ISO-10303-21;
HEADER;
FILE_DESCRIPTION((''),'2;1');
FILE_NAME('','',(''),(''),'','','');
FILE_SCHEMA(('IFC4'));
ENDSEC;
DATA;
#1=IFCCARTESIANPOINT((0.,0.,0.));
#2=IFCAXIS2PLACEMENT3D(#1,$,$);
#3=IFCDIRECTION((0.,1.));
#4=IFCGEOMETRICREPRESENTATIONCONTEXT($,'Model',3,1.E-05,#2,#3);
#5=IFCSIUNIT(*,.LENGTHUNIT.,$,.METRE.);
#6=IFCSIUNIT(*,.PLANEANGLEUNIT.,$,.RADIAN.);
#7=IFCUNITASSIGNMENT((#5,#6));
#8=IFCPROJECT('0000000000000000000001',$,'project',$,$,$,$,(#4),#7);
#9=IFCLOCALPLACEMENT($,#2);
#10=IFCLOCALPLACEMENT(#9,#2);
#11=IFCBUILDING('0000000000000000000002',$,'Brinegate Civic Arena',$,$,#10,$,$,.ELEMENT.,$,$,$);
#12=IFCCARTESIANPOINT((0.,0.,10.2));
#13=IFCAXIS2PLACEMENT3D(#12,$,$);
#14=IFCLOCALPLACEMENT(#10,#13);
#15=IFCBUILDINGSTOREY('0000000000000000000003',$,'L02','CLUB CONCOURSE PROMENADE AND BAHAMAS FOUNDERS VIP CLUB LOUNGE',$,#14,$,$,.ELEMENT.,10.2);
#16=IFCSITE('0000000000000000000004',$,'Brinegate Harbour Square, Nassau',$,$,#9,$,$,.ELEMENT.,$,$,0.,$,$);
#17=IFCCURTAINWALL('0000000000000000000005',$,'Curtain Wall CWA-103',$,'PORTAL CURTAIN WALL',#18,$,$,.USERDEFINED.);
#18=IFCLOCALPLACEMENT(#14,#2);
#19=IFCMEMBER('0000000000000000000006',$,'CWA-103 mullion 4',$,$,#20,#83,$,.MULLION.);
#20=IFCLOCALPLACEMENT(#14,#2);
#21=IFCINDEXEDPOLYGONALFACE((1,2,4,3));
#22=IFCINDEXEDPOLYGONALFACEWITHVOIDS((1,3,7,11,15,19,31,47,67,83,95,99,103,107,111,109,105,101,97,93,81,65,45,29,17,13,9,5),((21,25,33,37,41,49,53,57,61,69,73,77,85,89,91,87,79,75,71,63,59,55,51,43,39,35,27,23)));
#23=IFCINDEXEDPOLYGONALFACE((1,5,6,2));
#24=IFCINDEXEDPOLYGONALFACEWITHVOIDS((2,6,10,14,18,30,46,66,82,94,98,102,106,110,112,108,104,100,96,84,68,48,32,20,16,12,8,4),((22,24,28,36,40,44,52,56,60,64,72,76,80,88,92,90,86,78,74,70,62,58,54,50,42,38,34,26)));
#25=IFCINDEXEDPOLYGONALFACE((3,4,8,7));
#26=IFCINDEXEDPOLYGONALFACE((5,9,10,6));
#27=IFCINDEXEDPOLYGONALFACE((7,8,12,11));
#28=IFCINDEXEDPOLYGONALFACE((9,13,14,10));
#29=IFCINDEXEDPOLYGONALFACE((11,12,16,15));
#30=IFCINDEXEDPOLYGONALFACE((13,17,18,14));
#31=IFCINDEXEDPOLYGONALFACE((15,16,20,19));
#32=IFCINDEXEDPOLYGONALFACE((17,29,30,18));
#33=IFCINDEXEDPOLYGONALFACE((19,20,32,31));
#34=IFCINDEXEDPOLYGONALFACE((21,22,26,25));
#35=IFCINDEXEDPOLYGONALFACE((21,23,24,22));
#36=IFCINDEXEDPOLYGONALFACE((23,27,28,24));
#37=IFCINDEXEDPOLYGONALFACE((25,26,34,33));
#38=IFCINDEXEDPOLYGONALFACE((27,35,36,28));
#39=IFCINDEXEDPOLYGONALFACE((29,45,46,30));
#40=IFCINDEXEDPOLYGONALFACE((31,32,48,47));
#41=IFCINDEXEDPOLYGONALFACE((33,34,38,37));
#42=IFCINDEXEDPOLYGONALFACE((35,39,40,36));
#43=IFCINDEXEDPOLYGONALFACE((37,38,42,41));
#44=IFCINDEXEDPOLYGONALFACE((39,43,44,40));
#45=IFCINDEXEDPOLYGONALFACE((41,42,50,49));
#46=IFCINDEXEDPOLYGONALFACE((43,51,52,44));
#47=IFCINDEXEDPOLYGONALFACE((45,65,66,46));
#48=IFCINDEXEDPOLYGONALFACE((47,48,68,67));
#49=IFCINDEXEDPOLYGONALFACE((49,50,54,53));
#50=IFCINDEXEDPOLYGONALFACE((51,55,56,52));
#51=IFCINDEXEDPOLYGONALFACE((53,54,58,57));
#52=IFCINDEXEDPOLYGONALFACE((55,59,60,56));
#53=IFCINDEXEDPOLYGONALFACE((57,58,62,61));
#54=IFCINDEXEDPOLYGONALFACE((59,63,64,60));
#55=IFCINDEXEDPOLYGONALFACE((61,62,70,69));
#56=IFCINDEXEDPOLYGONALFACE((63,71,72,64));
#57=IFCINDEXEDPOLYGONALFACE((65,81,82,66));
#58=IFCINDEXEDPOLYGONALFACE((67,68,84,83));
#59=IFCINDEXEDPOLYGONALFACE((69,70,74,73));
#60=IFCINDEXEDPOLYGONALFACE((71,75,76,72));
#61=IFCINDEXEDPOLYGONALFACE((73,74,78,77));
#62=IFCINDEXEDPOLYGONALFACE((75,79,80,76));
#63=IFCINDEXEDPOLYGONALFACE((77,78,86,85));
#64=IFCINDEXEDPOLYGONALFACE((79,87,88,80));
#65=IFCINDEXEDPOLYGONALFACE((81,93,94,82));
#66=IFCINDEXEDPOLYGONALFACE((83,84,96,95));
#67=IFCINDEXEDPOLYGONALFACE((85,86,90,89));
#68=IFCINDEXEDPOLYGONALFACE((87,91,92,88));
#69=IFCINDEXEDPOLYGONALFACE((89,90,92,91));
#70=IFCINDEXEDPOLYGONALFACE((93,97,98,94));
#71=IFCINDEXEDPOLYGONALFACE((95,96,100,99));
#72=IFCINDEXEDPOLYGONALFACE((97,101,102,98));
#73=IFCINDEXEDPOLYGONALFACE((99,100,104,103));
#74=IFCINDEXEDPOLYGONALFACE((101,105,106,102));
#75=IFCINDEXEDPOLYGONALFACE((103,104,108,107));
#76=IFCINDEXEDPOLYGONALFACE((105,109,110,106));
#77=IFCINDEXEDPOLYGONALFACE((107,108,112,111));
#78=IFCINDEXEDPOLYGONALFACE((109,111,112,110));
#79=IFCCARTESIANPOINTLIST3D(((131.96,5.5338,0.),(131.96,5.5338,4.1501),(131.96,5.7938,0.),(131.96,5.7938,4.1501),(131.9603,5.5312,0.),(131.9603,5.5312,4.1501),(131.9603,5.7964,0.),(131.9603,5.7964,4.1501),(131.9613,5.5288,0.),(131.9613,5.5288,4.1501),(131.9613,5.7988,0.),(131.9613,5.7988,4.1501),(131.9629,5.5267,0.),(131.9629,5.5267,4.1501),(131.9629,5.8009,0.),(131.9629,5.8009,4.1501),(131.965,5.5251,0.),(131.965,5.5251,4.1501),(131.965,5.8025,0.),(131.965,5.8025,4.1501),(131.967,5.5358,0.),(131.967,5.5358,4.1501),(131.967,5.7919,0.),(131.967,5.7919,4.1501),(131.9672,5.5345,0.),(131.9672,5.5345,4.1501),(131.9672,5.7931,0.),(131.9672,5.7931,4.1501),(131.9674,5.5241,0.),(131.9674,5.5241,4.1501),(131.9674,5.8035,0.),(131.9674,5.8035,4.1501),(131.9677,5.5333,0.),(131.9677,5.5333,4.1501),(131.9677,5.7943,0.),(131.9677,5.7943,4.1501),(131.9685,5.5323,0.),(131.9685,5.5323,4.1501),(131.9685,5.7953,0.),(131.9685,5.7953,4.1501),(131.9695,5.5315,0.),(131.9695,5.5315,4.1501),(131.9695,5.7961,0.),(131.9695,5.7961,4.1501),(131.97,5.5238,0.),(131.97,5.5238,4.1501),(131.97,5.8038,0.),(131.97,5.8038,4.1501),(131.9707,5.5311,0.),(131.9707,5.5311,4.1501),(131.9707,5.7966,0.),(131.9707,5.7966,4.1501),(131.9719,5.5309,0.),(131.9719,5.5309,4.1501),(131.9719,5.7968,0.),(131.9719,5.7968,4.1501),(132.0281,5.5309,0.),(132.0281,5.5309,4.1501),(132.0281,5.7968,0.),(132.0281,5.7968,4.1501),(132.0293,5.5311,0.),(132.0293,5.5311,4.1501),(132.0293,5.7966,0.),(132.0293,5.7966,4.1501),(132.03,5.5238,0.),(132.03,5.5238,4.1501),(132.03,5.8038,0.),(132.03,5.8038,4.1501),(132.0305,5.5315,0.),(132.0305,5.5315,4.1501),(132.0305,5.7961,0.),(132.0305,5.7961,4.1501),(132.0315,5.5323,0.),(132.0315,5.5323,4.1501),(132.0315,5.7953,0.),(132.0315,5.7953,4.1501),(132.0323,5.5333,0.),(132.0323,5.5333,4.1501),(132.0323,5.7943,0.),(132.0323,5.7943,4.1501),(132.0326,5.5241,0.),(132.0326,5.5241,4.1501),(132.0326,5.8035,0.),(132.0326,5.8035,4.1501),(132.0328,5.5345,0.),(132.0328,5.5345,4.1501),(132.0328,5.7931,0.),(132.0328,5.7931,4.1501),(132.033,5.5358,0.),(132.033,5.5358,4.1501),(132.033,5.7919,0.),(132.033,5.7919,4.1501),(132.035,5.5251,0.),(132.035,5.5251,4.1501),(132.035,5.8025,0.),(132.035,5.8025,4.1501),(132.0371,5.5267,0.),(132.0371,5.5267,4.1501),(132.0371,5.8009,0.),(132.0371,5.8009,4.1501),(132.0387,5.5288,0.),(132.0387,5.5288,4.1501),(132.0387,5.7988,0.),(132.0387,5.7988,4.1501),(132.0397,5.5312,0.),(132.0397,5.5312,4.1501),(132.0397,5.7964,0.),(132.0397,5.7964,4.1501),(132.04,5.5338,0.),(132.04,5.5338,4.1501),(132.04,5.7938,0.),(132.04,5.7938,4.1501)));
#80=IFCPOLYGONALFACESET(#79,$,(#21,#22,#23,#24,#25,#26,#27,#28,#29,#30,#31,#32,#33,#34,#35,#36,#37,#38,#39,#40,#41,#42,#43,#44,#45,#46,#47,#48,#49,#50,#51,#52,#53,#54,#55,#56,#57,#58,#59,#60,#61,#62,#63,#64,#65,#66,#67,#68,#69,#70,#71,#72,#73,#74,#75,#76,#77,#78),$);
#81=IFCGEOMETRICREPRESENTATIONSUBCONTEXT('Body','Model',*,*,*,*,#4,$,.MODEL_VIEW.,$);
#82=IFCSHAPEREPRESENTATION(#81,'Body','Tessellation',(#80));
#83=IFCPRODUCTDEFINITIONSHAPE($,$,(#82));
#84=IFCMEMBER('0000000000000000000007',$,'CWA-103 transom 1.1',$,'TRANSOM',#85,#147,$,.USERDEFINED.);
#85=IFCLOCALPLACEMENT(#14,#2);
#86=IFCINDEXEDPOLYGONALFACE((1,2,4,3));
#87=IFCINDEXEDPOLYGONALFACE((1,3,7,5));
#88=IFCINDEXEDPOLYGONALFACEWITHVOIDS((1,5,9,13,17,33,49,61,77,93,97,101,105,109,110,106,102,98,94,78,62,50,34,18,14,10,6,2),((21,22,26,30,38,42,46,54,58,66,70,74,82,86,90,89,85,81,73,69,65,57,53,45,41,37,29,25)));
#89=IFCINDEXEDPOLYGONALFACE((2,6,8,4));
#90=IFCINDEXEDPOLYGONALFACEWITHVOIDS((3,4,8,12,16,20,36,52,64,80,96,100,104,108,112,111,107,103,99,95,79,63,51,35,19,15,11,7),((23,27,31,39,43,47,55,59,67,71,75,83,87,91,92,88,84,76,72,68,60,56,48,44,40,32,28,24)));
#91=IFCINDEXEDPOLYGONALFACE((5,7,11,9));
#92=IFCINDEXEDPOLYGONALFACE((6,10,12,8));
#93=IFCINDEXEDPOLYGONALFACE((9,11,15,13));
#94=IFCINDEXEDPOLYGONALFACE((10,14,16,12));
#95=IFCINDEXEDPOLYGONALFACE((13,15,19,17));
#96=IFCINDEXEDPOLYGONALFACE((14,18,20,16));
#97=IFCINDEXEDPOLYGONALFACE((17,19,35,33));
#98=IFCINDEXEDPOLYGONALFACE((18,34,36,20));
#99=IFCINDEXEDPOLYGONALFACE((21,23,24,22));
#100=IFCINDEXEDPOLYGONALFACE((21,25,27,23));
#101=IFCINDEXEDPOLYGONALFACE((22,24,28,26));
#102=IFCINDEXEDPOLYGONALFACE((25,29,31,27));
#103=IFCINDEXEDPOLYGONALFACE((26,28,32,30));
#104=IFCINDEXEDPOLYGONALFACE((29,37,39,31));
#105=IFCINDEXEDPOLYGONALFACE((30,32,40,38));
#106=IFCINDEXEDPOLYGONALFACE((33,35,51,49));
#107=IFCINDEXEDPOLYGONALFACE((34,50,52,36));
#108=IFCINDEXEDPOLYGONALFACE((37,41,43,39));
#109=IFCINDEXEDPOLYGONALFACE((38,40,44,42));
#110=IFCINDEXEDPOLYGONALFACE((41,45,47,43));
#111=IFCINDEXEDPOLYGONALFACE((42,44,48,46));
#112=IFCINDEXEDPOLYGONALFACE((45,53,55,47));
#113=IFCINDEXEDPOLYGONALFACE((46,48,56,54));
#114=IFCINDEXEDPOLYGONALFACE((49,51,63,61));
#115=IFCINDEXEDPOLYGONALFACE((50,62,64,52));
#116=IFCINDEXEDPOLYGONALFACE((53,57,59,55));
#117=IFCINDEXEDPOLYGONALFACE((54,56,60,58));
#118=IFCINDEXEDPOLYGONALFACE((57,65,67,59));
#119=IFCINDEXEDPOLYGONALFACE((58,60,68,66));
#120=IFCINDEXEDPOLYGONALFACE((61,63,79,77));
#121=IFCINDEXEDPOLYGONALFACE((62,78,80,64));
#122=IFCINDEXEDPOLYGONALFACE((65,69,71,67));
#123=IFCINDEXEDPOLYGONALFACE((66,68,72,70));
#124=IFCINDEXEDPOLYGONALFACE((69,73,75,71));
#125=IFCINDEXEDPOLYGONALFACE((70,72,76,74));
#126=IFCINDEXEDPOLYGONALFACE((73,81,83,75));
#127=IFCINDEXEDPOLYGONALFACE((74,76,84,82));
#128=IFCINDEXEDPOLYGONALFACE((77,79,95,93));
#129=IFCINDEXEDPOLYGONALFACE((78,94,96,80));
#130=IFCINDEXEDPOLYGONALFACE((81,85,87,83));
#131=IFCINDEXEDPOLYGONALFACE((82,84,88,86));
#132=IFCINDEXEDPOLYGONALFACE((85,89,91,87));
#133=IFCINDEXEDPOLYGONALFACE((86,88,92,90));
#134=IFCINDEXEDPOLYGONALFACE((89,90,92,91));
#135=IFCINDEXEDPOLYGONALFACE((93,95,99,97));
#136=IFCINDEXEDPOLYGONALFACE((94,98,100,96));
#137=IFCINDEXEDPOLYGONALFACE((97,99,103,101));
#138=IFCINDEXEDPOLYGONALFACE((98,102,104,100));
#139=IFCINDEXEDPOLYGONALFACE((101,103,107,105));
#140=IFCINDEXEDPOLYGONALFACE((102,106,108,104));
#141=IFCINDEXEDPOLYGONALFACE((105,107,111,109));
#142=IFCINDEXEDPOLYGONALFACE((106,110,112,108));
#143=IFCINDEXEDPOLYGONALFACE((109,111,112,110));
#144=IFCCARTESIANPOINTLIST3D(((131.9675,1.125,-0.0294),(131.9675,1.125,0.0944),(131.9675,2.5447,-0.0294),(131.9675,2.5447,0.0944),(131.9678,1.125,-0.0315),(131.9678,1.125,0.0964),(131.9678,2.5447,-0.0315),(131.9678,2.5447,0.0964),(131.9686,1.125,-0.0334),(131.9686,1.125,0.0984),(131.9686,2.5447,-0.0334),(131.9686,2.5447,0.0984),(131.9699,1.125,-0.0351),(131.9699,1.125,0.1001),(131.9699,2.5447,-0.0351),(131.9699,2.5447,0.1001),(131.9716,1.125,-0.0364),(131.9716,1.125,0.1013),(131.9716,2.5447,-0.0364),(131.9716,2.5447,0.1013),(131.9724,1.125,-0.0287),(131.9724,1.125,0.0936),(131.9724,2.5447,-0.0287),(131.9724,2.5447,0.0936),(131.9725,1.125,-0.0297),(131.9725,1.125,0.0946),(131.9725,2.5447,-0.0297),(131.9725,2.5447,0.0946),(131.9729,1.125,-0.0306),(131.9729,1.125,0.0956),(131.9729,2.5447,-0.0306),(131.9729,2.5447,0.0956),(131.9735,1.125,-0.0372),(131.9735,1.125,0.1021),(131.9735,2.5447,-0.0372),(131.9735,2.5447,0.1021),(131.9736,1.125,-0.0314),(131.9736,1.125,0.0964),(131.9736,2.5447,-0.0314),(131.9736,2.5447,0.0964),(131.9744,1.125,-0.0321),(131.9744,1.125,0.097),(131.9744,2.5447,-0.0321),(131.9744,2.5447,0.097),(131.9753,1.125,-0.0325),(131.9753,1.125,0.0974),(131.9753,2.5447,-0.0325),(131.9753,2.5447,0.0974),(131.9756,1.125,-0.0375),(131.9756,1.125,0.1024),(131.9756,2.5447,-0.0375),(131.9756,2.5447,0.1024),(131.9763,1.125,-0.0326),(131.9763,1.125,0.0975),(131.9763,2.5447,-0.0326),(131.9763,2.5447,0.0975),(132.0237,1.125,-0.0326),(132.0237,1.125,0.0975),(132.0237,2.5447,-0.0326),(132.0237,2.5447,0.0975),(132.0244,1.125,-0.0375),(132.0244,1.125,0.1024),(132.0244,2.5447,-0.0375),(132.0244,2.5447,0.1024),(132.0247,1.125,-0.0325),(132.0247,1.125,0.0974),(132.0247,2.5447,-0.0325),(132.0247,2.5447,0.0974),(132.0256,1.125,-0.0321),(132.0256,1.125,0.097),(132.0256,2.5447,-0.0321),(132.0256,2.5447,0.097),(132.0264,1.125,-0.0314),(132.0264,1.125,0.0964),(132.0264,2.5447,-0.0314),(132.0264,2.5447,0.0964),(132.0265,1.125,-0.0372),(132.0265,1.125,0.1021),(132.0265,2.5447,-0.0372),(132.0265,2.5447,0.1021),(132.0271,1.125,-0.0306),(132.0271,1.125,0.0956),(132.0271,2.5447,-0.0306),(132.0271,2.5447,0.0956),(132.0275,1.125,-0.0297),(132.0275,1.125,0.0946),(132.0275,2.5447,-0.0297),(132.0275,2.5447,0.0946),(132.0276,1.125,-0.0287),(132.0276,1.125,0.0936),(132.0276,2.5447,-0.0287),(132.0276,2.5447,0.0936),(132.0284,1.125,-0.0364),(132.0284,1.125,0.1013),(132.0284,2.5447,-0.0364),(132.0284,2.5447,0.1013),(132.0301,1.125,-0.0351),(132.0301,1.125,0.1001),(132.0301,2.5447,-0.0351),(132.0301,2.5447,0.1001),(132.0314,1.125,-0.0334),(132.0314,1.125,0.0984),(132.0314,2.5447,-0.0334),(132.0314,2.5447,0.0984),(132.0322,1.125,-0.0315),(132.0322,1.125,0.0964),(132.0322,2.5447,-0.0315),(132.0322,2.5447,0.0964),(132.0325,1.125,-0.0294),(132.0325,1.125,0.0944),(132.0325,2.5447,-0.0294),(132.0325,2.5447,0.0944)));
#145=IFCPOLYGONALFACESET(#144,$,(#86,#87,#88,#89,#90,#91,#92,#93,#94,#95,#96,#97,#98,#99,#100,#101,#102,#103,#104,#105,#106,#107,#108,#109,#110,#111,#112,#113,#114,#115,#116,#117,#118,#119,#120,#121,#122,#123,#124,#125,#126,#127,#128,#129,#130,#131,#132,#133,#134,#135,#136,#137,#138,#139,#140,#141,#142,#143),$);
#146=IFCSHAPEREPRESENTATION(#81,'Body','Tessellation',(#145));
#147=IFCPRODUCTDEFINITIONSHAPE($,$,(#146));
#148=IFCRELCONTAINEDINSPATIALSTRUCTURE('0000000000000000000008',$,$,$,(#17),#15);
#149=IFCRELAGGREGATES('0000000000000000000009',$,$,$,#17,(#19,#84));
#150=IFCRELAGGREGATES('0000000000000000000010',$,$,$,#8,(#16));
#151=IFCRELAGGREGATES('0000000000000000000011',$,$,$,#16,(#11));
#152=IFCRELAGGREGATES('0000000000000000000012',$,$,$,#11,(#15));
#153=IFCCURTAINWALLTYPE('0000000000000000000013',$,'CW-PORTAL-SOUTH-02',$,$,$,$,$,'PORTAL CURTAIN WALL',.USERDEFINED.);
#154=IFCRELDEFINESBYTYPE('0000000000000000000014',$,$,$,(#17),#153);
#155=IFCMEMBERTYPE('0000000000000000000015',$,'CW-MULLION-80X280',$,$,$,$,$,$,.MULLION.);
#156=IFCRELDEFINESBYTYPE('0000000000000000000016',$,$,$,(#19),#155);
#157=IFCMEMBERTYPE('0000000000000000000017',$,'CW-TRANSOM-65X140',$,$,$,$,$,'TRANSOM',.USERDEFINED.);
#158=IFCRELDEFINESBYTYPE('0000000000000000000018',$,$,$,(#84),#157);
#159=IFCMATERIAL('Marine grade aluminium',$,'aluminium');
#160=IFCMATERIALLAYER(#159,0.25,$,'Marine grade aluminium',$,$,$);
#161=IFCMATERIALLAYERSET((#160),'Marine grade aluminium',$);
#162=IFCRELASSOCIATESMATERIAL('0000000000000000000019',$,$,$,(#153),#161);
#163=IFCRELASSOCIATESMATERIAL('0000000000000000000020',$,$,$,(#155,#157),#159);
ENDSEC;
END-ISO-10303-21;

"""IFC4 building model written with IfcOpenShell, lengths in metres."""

from ifc_helpers import new_model, si_unit, direction, frame, origin, origin_2d, place, context, subcontext, project, spatial, hollow_rectangle, extrude, material, layer, layer_set, material_profile, profile_set, type_object, element, aggregate, save


model = new_model("IFC4")

# Units and contexts
model_context = context("Model", 3, precision=1e-05, world=origin(), true_north=direction((0.0, 1.0)))
body_context = subcontext(model_context, "Body", "Model", "MODEL_VIEW")
ifc_project = project(units=[si_unit("LENGTHUNIT", "METRE"), si_unit("PLANEANGLEUNIT", "RADIAN")], contexts=[model_context])

# Site, building, storey
site_placement = place(None, origin())
site = spatial("IfcSite", under=ifc_project, at=site_placement, Name="Brinegate Harbour Square, Nassau", CompositionType="ELEMENT", RefElevation=0.0)
building_placement = place(site_placement, origin())
building = spatial("IfcBuilding", under=site, at=building_placement, Name="Brinegate Civic Arena", CompositionType="ELEMENT")
storey_placement = place(building_placement, frame((0.0, 0.0, 10.2)))
storey = spatial("IfcBuildingStorey", under=building, at=storey_placement, Name="L02", Description="CLUB CONCOURSE PROMENADE AND BAHAMAS FOUNDERS VIP CLUB LOUNGE", CompositionType="ELEMENT", Elevation=10.2)

# Curtain wall, members
ifc_material_1 = material(Name="Marine grade aluminium", Category="aluminium")
ifc_layer_1 = layer(ifc_material_1, 0.25, Name="Marine grade aluminium")
ifc_layer_set_1 = layer_set([ifc_layer_1], Name="Marine grade aluminium")
curtain_wall_type = type_object("IfcCurtainWallType", Name="CW-PORTAL-SOUTH-02", ElementType="PORTAL CURTAIN WALL", PredefinedType="USERDEFINED", material=ifc_layer_set_1)
curtain_wall_placement = place(storey_placement, origin())
curtain_wall = element("IfcCurtainWall", 1, at=curtain_wall_placement, inside=storey, type_object=curtain_wall_type, Name="Curtain Wall CWA-103", ObjectType="PORTAL CURTAIN WALL", PredefinedType="USERDEFINED")
ifc_material_profile_1 = material_profile(ifc_material_1, hollow_rectangle(XDim=0.0801, YDim=0.28, WallThickness=0.0071, InnerFilletRadius=0.0049, OuterFilletRadius=0.01, at=origin_2d()), Name="MUL80X280")
ifc_profile_set_1 = profile_set([ifc_material_profile_1], Name="Marine grade aluminium")
member_type_1 = type_object("IfcMemberType", Name="CW-MULLION-80X280", PredefinedType="MULLION", material=ifc_profile_set_1)
member_1_placement = place(storey_placement, frame((132.0, 5.6638, 0.0), z_axis=(0.0, 0.0, 1.0), x_axis=(-1.0, 0.0, 0.0)))
member_1 = element("IfcMember", 2, at=member_1_placement, type_object=member_type_1, Name="CWA-103 mullion 4", PredefinedType="MULLION", context=body_context, shape_type="SweptSolid", body=[
    extrude(hollow_rectangle(XDim=0.0801, YDim=0.28, WallThickness=0.0071, InnerFilletRadius=0.0049, OuterFilletRadius=0.01, at=origin_2d()), origin(), (0.0, 0.0, 1.0), 4.1501),
])
ifc_material_profile_2 = material_profile(ifc_material_1, hollow_rectangle(XDim=0.0649, YDim=0.1399, WallThickness=0.0049, InnerFilletRadius=0.0039, OuterFilletRadius=0.0081, at=origin_2d()), Name="TRN65X140")
ifc_profile_set_2 = profile_set([ifc_material_profile_2], Name="Marine grade aluminium")
member_type_2 = type_object("IfcMemberType", Name="CW-TRANSOM-65X140", ElementType="TRANSOM", PredefinedType="USERDEFINED", material=ifc_profile_set_2)
member_2_placement = place(storey_placement, frame((132.0, 1.125, 0.0325), z_axis=(0.0, 1.0, 0.0), x_axis=(-1.0, 0.0, 0.0)))
member_2 = element("IfcMember", 3, at=member_2_placement, type_object=member_type_2, Name="CWA-103 transom 1.1", ObjectType="TRANSOM", PredefinedType="USERDEFINED", context=body_context, shape_type="SweptSolid", body=[
    extrude(hollow_rectangle(XDim=0.0649, YDim=0.1399, WallThickness=0.0049, InnerFilletRadius=0.0039, OuterFilletRadius=0.0081, at=origin_2d()), origin(), (0.0, 0.0, 1.0), 1.4197),
])
aggregate(curtain_wall, [member_1, member_2])

save(model, "model.ifc")
